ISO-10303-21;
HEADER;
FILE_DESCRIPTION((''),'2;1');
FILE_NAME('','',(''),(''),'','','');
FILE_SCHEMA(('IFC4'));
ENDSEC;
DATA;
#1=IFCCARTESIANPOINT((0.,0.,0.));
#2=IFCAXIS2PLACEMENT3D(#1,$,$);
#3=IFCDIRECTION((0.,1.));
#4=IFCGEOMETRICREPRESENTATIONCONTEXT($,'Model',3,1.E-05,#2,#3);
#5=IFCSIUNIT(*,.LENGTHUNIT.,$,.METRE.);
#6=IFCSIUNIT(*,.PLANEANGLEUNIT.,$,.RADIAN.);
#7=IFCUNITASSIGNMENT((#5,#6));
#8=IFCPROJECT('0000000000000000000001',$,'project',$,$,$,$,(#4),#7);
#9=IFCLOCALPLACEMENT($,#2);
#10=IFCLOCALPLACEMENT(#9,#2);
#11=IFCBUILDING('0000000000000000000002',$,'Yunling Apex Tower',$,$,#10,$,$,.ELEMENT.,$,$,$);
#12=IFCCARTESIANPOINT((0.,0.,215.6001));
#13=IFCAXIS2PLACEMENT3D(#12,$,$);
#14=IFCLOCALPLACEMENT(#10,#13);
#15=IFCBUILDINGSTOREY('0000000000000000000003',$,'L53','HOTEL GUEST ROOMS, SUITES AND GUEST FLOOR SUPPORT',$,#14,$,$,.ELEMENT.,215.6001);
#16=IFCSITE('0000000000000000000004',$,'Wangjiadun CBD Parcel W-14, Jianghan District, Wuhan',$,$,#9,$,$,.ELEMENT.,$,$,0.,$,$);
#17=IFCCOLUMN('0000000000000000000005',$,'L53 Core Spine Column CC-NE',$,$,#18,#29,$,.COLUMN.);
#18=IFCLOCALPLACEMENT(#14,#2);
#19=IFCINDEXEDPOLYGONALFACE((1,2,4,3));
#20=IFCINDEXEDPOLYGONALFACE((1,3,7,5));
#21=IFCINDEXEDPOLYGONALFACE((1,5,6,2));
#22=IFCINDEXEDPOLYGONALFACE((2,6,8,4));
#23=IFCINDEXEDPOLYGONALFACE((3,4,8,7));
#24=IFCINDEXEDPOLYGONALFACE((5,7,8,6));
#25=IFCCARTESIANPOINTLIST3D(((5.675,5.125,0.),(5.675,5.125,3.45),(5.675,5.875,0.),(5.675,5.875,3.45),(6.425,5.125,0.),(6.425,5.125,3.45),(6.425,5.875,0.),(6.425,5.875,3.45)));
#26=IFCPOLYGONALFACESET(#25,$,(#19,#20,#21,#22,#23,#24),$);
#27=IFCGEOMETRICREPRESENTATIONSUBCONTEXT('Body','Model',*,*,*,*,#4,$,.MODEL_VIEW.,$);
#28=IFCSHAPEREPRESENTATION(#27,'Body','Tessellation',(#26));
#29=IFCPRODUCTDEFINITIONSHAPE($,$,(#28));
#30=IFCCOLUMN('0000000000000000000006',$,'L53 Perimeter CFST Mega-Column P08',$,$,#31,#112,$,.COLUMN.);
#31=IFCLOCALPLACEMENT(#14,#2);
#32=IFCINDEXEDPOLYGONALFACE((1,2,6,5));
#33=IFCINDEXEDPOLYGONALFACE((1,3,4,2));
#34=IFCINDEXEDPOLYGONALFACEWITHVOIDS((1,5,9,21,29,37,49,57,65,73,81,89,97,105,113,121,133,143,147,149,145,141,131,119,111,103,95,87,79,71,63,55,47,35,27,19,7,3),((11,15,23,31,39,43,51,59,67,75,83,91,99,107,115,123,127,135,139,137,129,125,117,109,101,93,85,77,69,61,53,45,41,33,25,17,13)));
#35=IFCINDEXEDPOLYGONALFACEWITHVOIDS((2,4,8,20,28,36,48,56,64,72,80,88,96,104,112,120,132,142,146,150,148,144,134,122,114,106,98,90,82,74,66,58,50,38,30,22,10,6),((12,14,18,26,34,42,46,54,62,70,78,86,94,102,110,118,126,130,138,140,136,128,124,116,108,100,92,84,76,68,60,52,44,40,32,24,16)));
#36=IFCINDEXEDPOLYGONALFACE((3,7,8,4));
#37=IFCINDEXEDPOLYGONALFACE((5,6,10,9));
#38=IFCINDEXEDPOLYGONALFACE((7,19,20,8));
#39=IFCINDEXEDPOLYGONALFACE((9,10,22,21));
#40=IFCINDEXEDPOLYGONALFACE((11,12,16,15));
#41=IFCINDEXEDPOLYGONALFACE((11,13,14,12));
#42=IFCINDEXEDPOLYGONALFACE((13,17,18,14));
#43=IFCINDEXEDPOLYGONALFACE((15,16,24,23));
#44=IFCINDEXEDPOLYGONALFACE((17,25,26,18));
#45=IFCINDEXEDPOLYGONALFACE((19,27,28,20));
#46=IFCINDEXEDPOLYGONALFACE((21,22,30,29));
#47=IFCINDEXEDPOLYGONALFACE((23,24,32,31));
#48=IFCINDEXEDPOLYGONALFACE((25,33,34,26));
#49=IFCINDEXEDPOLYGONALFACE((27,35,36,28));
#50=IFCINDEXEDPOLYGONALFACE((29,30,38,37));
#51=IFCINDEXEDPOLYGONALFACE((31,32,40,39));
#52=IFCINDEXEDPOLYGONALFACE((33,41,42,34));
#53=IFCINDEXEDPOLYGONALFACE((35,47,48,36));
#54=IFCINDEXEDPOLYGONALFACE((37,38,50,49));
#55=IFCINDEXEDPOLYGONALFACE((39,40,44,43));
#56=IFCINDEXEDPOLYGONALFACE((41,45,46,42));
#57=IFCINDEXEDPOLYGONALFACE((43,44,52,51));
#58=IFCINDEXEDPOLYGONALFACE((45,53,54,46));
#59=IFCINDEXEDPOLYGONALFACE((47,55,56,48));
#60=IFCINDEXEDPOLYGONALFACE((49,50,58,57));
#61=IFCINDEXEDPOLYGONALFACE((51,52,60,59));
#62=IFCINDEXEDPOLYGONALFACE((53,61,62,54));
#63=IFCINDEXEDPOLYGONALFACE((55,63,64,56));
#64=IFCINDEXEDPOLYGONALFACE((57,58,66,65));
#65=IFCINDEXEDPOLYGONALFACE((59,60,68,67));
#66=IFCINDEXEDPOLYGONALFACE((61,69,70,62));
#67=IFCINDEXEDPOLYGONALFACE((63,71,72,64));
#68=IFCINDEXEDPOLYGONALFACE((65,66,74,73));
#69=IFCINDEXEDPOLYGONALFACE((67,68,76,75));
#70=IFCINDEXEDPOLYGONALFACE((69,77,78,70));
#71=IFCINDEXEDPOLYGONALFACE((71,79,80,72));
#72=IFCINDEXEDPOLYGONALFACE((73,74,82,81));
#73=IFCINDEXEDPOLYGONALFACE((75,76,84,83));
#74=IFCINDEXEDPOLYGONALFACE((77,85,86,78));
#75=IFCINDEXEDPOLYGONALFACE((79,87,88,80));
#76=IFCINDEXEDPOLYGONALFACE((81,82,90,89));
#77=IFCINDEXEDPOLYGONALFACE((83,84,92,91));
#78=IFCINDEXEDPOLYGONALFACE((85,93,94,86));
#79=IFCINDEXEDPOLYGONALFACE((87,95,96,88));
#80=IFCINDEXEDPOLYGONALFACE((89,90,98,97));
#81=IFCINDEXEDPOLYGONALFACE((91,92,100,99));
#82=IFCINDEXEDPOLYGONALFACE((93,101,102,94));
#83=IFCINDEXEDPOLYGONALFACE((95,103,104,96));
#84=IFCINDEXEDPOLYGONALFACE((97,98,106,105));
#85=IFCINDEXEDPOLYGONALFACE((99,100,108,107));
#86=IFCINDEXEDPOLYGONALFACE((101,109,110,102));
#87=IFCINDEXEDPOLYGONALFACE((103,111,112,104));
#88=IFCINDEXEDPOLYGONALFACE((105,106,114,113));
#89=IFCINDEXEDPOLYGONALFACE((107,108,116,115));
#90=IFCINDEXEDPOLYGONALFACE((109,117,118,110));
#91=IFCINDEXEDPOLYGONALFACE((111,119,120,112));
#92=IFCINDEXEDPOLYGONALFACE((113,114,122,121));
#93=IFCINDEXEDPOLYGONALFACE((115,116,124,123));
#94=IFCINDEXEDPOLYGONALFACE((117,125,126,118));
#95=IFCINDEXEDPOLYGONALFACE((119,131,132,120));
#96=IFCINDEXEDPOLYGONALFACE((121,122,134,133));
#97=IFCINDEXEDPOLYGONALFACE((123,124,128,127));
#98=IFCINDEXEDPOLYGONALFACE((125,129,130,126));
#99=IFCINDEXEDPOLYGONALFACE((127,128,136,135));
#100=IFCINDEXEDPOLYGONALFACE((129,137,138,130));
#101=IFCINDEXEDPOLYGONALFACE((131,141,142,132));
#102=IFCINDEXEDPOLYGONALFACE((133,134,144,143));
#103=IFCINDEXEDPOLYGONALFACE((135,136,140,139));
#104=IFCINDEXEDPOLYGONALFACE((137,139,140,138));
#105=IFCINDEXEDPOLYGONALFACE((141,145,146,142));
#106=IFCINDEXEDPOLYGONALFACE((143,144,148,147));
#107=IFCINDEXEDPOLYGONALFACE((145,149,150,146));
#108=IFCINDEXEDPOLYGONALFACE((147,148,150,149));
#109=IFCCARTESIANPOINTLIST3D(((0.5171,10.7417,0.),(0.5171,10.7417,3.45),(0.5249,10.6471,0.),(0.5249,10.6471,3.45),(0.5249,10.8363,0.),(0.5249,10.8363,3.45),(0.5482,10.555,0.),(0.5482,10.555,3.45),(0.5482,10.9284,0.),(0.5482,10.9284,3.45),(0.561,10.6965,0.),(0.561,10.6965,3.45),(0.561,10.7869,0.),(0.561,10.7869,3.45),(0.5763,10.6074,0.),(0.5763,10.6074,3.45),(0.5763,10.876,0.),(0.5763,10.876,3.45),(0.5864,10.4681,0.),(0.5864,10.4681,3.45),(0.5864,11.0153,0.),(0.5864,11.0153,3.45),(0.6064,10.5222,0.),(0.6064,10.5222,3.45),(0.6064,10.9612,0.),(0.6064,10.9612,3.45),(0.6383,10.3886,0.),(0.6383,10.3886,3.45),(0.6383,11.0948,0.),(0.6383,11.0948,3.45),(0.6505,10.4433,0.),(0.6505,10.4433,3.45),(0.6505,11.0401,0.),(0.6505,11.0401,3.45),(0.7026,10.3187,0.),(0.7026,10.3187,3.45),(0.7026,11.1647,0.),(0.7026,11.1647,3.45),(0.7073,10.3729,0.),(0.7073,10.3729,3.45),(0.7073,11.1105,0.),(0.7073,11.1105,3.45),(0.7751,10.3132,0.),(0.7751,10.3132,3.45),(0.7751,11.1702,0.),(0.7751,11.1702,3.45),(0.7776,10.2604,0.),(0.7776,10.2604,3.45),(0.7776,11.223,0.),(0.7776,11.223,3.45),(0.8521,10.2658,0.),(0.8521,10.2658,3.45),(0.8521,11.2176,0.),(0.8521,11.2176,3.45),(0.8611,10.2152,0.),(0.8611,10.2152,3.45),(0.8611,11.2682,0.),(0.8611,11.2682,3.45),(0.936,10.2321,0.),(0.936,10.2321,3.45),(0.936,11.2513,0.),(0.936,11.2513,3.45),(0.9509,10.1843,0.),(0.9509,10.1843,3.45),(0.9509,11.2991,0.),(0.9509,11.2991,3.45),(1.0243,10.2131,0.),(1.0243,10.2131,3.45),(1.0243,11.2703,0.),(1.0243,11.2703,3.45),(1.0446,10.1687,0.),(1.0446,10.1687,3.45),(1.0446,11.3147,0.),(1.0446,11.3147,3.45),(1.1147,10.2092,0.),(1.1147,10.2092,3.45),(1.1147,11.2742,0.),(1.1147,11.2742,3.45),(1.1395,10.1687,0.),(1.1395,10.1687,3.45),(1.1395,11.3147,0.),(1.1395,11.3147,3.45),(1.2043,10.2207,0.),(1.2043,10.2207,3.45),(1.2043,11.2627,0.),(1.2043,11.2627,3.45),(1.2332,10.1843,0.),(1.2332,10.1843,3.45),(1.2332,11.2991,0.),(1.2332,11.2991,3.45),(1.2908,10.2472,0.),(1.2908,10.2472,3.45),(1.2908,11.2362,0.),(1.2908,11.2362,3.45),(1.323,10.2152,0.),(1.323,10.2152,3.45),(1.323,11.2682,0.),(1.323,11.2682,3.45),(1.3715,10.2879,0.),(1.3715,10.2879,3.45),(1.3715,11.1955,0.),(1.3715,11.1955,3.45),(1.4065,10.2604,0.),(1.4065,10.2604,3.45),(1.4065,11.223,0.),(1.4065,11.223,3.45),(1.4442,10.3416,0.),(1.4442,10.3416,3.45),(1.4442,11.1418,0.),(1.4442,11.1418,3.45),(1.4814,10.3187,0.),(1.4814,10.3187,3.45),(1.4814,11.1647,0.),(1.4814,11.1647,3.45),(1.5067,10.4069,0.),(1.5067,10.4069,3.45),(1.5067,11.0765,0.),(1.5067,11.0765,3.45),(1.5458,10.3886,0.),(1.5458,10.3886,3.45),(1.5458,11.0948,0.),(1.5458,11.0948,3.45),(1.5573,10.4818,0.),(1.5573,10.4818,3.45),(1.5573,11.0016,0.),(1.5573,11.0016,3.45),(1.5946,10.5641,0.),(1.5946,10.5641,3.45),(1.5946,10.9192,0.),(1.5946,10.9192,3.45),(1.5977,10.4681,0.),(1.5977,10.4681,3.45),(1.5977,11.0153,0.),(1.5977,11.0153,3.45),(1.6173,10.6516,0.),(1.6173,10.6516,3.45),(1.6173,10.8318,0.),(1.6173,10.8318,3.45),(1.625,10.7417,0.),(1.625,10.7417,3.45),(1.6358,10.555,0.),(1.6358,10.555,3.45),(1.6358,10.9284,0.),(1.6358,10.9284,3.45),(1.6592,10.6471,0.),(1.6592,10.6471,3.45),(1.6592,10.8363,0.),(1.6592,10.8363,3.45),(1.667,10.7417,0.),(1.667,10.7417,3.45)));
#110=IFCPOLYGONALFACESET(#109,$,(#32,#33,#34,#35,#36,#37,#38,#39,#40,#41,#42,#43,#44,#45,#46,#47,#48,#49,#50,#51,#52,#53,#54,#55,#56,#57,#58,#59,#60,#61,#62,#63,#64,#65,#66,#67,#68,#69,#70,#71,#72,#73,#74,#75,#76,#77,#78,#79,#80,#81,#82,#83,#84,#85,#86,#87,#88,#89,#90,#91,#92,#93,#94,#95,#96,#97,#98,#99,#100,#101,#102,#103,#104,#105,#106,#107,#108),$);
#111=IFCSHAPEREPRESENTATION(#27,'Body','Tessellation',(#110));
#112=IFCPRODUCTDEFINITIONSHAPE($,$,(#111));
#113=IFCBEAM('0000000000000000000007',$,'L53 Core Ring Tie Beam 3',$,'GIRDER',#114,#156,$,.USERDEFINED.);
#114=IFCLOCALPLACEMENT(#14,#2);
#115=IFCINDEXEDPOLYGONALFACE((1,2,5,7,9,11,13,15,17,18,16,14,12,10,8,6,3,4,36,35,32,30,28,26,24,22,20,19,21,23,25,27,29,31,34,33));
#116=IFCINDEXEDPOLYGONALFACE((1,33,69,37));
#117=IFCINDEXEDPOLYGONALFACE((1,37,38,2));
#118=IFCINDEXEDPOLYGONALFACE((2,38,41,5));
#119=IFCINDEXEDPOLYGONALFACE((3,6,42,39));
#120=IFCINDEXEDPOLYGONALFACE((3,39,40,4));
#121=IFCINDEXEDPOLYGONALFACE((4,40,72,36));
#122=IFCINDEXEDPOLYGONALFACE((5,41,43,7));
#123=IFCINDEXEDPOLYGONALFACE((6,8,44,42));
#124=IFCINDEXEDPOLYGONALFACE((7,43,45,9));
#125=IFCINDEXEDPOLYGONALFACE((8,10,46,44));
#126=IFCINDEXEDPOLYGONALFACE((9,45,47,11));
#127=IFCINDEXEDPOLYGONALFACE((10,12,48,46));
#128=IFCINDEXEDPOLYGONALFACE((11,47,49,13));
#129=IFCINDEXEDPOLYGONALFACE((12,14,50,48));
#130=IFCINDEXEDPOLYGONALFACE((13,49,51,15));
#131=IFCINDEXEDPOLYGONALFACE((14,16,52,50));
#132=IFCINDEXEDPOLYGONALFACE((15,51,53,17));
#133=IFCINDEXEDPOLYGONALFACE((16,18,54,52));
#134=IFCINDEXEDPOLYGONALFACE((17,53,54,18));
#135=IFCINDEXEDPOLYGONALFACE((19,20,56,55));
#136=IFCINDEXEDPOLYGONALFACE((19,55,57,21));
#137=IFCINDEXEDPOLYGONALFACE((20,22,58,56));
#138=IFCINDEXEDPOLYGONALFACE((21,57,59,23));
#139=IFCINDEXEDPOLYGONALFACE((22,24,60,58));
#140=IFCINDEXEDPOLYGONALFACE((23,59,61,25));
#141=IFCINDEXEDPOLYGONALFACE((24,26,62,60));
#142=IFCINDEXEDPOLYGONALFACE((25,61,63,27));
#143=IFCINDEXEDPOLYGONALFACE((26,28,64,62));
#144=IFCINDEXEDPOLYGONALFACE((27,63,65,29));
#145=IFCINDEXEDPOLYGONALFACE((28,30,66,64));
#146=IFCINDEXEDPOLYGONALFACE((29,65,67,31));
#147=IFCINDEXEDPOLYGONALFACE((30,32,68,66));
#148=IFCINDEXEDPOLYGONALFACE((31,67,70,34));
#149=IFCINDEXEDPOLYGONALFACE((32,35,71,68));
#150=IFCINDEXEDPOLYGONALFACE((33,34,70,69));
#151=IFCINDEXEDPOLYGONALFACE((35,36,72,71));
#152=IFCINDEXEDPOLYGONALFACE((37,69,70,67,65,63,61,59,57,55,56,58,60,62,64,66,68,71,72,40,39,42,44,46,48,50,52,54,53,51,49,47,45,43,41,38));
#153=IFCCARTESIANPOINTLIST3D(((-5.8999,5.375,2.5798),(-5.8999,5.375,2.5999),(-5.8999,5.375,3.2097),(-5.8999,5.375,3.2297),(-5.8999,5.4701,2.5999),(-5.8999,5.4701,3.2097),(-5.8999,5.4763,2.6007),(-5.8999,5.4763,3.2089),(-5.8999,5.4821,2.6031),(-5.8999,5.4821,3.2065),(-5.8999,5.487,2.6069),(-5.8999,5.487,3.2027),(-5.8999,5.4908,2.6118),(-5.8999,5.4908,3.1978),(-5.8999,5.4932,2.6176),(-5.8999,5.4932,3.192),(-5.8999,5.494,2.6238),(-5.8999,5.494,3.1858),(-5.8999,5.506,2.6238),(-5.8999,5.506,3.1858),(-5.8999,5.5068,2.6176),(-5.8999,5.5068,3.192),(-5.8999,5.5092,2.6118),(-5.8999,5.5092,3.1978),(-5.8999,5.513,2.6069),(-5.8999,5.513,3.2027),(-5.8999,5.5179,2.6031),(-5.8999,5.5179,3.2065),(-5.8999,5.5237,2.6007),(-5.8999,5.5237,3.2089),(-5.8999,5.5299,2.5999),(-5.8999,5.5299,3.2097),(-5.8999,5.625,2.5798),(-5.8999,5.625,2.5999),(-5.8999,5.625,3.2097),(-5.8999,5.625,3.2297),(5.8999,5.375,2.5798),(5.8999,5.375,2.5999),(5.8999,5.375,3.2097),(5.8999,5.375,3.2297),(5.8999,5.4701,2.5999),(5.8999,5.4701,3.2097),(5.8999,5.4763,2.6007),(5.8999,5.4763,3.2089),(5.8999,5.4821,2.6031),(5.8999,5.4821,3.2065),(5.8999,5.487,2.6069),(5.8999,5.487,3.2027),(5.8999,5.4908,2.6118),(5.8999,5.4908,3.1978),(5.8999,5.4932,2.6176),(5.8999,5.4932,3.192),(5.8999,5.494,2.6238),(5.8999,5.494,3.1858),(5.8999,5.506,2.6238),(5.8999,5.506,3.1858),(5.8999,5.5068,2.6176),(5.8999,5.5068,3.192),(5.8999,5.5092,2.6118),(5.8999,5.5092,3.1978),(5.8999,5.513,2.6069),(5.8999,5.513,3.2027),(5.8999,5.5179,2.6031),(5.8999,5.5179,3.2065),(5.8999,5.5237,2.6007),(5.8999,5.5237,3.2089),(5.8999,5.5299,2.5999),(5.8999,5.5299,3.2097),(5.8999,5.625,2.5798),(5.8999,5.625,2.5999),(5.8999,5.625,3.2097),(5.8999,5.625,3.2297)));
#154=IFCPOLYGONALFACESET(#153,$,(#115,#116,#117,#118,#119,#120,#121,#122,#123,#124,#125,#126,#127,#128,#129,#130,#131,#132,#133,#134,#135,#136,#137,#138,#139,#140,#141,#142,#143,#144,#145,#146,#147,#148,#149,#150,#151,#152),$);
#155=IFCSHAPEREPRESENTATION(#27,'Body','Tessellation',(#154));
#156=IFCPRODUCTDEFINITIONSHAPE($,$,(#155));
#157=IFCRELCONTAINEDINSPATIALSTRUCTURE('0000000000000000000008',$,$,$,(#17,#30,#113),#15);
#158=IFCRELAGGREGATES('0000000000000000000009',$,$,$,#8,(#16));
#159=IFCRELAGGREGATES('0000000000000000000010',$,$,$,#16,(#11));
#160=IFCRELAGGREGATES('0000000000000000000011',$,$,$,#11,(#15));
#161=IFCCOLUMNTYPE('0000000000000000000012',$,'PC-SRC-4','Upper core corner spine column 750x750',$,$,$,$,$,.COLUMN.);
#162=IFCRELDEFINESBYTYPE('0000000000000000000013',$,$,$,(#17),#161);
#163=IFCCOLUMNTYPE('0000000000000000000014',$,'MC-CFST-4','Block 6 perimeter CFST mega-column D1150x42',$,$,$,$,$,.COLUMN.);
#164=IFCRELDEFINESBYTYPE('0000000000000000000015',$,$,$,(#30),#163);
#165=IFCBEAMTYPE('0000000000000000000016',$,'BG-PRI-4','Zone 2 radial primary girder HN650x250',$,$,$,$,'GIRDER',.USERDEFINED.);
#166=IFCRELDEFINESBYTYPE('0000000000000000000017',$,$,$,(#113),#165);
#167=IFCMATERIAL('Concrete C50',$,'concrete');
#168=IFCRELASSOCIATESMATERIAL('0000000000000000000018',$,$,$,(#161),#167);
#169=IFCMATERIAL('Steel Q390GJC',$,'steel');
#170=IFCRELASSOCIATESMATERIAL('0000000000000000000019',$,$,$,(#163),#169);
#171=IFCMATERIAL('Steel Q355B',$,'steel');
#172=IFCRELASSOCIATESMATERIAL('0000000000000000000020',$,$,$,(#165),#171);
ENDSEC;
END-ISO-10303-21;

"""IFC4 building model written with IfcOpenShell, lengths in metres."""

from ifc_helpers import new_model, si_unit, direction, frame, origin, origin_2d, place, context, subcontext, project, spatial, rectangle, hollow_circle, i_section, extrude, source, transform, mapped, material, material_profile, profile_set, type_object, element, save


model = new_model("IFC4")

# Units and contexts
model_context = context("Model", 3, precision=1e-05, world=origin(), true_north=direction((0.0, 1.0)))
body_context = subcontext(model_context, "Body", "Model", "MODEL_VIEW")
ifc_project = project(units=[si_unit("LENGTHUNIT", "METRE"), si_unit("PLANEANGLEUNIT", "RADIAN")], contexts=[model_context])

# Site, building, storey
site_placement = place(None, origin())
site = spatial("IfcSite", under=ifc_project, at=site_placement, Name="Wangjiadun CBD Parcel W-14, Jianghan District, Wuhan", CompositionType="ELEMENT", RefElevation=0.0)
building_placement = place(site_placement, origin())
building = spatial("IfcBuilding", under=site, at=building_placement, Name="Yunling Apex Tower", CompositionType="ELEMENT")
storey_placement = place(building_placement, frame((0.0, 0.0, 215.6001)))
storey = spatial("IfcBuildingStorey", under=building, at=storey_placement, Name="L53", Description="HOTEL GUEST ROOMS, SUITES AND GUEST FLOOR SUPPORT", CompositionType="ELEMENT", Elevation=215.6001)

# Columns
ifc_material_1 = material(Name="Concrete C50", Category="concrete")
ifc_material_profile_1 = material_profile(ifc_material_1, rectangle(XDim=0.75, YDim=0.75, at=origin_2d()))
ifc_profile_set_1 = profile_set([ifc_material_profile_1], Name="Concrete C50")
column_type_1 = type_object("IfcColumnType", Name="PC-SRC-4", Description="Upper core corner spine column 750x750", PredefinedType="COLUMN", material=ifc_profile_set_1)
shared_shape_1 = source(origin(), body_context, "Body", "SweptSolid", [
    extrude(rectangle(XDim=0.75, YDim=0.75, at=origin_2d()), origin(), (0.0, 0.0, 1.0), 3.45),
])
column_1_placement = place(storey_placement, frame((6.05, 5.5, 0.0), z_axis=(0.0, 0.0, 1.0), x_axis=(1.0, 0.0, 0.0)))
element("IfcColumn", 1, at=column_1_placement, inside=storey, type_object=column_type_1, Name="L53 Core Spine Column CC-NE", PredefinedType="COLUMN", context=body_context, shape_type="MappedRepresentation", body=[
    mapped(shared_shape_1, transform((0.0, 0.0, 0.0), scale=1.0)),
])
ifc_material_2 = material(Name="Steel Q390GJC", Category="steel")
ifc_material_profile_2 = material_profile(ifc_material_2, hollow_circle(Radius=0.575, WallThickness=0.042, at=origin_2d()))
ifc_profile_set_2 = profile_set([ifc_material_profile_2], Name="Steel Q390GJC")
column_type_2 = type_object("IfcColumnType", Name="MC-CFST-4", Description="Block 6 perimeter CFST mega-column D1150x42", PredefinedType="COLUMN", material=ifc_profile_set_2)
shared_shape_2 = source(origin(), body_context, "Body", "SweptSolid", [
    extrude(hollow_circle(Radius=0.575, WallThickness=0.042, at=origin_2d()), origin(), (0.0, 0.0, 1.0), 3.45),
])
column_2_placement = place(storey_placement, frame((1.092, 10.7417, 0.0), z_axis=(0.0, 0.0, 1.0), x_axis=(1.0, 0.0, 0.0)))
element("IfcColumn", 2, at=column_2_placement, inside=storey, type_object=column_type_2, Name="L53 Perimeter CFST Mega-Column P08", PredefinedType="COLUMN", context=body_context, shape_type="MappedRepresentation", body=[
    mapped(shared_shape_2, transform((0.0, 0.0, 0.0), scale=1.0)),
])

# Beam
ifc_material_3 = material(Name="Steel Q355B", Category="steel")
ifc_material_profile_3 = material_profile(ifc_material_3, i_section(OverallWidth=0.25, OverallDepth=0.6499, WebThickness=0.012, FlangeThickness=0.02, FilletRadius=0.0239, at=origin_2d()))
ifc_profile_set_3 = profile_set([ifc_material_profile_3], Name="Steel Q355B")
beam_type_1 = type_object("IfcBeamType", Name="BG-PRI-4", Description="Zone 2 radial primary girder HN650x250", ElementType="GIRDER", PredefinedType="USERDEFINED", material=ifc_profile_set_3)
shared_shape_3 = source(origin(), body_context, "Body", "SweptSolid", [
    extrude(i_section(OverallWidth=0.25, OverallDepth=0.6499, WebThickness=0.012, FlangeThickness=0.02, FilletRadius=0.0239, at=origin_2d()), origin(), (0.0, 0.0, 1.0), 11.7998),
])
beam_1_placement = place(storey_placement, frame((5.8999, 5.5, 2.9048), z_axis=(-1.0, 0.0, 0.0), x_axis=(0.0, -1.0, 0.0)))
element("IfcBeam", 3, at=beam_1_placement, inside=storey, type_object=beam_type_1, Name="L53 Core Ring Tie Beam 3", ObjectType="GIRDER", PredefinedType="USERDEFINED", context=body_context, shape_type="MappedRepresentation", body=[
    mapped(shared_shape_3, transform((0.0, 0.0, 0.0), scale=1.0)),
])

save(model, "model.ifc")
